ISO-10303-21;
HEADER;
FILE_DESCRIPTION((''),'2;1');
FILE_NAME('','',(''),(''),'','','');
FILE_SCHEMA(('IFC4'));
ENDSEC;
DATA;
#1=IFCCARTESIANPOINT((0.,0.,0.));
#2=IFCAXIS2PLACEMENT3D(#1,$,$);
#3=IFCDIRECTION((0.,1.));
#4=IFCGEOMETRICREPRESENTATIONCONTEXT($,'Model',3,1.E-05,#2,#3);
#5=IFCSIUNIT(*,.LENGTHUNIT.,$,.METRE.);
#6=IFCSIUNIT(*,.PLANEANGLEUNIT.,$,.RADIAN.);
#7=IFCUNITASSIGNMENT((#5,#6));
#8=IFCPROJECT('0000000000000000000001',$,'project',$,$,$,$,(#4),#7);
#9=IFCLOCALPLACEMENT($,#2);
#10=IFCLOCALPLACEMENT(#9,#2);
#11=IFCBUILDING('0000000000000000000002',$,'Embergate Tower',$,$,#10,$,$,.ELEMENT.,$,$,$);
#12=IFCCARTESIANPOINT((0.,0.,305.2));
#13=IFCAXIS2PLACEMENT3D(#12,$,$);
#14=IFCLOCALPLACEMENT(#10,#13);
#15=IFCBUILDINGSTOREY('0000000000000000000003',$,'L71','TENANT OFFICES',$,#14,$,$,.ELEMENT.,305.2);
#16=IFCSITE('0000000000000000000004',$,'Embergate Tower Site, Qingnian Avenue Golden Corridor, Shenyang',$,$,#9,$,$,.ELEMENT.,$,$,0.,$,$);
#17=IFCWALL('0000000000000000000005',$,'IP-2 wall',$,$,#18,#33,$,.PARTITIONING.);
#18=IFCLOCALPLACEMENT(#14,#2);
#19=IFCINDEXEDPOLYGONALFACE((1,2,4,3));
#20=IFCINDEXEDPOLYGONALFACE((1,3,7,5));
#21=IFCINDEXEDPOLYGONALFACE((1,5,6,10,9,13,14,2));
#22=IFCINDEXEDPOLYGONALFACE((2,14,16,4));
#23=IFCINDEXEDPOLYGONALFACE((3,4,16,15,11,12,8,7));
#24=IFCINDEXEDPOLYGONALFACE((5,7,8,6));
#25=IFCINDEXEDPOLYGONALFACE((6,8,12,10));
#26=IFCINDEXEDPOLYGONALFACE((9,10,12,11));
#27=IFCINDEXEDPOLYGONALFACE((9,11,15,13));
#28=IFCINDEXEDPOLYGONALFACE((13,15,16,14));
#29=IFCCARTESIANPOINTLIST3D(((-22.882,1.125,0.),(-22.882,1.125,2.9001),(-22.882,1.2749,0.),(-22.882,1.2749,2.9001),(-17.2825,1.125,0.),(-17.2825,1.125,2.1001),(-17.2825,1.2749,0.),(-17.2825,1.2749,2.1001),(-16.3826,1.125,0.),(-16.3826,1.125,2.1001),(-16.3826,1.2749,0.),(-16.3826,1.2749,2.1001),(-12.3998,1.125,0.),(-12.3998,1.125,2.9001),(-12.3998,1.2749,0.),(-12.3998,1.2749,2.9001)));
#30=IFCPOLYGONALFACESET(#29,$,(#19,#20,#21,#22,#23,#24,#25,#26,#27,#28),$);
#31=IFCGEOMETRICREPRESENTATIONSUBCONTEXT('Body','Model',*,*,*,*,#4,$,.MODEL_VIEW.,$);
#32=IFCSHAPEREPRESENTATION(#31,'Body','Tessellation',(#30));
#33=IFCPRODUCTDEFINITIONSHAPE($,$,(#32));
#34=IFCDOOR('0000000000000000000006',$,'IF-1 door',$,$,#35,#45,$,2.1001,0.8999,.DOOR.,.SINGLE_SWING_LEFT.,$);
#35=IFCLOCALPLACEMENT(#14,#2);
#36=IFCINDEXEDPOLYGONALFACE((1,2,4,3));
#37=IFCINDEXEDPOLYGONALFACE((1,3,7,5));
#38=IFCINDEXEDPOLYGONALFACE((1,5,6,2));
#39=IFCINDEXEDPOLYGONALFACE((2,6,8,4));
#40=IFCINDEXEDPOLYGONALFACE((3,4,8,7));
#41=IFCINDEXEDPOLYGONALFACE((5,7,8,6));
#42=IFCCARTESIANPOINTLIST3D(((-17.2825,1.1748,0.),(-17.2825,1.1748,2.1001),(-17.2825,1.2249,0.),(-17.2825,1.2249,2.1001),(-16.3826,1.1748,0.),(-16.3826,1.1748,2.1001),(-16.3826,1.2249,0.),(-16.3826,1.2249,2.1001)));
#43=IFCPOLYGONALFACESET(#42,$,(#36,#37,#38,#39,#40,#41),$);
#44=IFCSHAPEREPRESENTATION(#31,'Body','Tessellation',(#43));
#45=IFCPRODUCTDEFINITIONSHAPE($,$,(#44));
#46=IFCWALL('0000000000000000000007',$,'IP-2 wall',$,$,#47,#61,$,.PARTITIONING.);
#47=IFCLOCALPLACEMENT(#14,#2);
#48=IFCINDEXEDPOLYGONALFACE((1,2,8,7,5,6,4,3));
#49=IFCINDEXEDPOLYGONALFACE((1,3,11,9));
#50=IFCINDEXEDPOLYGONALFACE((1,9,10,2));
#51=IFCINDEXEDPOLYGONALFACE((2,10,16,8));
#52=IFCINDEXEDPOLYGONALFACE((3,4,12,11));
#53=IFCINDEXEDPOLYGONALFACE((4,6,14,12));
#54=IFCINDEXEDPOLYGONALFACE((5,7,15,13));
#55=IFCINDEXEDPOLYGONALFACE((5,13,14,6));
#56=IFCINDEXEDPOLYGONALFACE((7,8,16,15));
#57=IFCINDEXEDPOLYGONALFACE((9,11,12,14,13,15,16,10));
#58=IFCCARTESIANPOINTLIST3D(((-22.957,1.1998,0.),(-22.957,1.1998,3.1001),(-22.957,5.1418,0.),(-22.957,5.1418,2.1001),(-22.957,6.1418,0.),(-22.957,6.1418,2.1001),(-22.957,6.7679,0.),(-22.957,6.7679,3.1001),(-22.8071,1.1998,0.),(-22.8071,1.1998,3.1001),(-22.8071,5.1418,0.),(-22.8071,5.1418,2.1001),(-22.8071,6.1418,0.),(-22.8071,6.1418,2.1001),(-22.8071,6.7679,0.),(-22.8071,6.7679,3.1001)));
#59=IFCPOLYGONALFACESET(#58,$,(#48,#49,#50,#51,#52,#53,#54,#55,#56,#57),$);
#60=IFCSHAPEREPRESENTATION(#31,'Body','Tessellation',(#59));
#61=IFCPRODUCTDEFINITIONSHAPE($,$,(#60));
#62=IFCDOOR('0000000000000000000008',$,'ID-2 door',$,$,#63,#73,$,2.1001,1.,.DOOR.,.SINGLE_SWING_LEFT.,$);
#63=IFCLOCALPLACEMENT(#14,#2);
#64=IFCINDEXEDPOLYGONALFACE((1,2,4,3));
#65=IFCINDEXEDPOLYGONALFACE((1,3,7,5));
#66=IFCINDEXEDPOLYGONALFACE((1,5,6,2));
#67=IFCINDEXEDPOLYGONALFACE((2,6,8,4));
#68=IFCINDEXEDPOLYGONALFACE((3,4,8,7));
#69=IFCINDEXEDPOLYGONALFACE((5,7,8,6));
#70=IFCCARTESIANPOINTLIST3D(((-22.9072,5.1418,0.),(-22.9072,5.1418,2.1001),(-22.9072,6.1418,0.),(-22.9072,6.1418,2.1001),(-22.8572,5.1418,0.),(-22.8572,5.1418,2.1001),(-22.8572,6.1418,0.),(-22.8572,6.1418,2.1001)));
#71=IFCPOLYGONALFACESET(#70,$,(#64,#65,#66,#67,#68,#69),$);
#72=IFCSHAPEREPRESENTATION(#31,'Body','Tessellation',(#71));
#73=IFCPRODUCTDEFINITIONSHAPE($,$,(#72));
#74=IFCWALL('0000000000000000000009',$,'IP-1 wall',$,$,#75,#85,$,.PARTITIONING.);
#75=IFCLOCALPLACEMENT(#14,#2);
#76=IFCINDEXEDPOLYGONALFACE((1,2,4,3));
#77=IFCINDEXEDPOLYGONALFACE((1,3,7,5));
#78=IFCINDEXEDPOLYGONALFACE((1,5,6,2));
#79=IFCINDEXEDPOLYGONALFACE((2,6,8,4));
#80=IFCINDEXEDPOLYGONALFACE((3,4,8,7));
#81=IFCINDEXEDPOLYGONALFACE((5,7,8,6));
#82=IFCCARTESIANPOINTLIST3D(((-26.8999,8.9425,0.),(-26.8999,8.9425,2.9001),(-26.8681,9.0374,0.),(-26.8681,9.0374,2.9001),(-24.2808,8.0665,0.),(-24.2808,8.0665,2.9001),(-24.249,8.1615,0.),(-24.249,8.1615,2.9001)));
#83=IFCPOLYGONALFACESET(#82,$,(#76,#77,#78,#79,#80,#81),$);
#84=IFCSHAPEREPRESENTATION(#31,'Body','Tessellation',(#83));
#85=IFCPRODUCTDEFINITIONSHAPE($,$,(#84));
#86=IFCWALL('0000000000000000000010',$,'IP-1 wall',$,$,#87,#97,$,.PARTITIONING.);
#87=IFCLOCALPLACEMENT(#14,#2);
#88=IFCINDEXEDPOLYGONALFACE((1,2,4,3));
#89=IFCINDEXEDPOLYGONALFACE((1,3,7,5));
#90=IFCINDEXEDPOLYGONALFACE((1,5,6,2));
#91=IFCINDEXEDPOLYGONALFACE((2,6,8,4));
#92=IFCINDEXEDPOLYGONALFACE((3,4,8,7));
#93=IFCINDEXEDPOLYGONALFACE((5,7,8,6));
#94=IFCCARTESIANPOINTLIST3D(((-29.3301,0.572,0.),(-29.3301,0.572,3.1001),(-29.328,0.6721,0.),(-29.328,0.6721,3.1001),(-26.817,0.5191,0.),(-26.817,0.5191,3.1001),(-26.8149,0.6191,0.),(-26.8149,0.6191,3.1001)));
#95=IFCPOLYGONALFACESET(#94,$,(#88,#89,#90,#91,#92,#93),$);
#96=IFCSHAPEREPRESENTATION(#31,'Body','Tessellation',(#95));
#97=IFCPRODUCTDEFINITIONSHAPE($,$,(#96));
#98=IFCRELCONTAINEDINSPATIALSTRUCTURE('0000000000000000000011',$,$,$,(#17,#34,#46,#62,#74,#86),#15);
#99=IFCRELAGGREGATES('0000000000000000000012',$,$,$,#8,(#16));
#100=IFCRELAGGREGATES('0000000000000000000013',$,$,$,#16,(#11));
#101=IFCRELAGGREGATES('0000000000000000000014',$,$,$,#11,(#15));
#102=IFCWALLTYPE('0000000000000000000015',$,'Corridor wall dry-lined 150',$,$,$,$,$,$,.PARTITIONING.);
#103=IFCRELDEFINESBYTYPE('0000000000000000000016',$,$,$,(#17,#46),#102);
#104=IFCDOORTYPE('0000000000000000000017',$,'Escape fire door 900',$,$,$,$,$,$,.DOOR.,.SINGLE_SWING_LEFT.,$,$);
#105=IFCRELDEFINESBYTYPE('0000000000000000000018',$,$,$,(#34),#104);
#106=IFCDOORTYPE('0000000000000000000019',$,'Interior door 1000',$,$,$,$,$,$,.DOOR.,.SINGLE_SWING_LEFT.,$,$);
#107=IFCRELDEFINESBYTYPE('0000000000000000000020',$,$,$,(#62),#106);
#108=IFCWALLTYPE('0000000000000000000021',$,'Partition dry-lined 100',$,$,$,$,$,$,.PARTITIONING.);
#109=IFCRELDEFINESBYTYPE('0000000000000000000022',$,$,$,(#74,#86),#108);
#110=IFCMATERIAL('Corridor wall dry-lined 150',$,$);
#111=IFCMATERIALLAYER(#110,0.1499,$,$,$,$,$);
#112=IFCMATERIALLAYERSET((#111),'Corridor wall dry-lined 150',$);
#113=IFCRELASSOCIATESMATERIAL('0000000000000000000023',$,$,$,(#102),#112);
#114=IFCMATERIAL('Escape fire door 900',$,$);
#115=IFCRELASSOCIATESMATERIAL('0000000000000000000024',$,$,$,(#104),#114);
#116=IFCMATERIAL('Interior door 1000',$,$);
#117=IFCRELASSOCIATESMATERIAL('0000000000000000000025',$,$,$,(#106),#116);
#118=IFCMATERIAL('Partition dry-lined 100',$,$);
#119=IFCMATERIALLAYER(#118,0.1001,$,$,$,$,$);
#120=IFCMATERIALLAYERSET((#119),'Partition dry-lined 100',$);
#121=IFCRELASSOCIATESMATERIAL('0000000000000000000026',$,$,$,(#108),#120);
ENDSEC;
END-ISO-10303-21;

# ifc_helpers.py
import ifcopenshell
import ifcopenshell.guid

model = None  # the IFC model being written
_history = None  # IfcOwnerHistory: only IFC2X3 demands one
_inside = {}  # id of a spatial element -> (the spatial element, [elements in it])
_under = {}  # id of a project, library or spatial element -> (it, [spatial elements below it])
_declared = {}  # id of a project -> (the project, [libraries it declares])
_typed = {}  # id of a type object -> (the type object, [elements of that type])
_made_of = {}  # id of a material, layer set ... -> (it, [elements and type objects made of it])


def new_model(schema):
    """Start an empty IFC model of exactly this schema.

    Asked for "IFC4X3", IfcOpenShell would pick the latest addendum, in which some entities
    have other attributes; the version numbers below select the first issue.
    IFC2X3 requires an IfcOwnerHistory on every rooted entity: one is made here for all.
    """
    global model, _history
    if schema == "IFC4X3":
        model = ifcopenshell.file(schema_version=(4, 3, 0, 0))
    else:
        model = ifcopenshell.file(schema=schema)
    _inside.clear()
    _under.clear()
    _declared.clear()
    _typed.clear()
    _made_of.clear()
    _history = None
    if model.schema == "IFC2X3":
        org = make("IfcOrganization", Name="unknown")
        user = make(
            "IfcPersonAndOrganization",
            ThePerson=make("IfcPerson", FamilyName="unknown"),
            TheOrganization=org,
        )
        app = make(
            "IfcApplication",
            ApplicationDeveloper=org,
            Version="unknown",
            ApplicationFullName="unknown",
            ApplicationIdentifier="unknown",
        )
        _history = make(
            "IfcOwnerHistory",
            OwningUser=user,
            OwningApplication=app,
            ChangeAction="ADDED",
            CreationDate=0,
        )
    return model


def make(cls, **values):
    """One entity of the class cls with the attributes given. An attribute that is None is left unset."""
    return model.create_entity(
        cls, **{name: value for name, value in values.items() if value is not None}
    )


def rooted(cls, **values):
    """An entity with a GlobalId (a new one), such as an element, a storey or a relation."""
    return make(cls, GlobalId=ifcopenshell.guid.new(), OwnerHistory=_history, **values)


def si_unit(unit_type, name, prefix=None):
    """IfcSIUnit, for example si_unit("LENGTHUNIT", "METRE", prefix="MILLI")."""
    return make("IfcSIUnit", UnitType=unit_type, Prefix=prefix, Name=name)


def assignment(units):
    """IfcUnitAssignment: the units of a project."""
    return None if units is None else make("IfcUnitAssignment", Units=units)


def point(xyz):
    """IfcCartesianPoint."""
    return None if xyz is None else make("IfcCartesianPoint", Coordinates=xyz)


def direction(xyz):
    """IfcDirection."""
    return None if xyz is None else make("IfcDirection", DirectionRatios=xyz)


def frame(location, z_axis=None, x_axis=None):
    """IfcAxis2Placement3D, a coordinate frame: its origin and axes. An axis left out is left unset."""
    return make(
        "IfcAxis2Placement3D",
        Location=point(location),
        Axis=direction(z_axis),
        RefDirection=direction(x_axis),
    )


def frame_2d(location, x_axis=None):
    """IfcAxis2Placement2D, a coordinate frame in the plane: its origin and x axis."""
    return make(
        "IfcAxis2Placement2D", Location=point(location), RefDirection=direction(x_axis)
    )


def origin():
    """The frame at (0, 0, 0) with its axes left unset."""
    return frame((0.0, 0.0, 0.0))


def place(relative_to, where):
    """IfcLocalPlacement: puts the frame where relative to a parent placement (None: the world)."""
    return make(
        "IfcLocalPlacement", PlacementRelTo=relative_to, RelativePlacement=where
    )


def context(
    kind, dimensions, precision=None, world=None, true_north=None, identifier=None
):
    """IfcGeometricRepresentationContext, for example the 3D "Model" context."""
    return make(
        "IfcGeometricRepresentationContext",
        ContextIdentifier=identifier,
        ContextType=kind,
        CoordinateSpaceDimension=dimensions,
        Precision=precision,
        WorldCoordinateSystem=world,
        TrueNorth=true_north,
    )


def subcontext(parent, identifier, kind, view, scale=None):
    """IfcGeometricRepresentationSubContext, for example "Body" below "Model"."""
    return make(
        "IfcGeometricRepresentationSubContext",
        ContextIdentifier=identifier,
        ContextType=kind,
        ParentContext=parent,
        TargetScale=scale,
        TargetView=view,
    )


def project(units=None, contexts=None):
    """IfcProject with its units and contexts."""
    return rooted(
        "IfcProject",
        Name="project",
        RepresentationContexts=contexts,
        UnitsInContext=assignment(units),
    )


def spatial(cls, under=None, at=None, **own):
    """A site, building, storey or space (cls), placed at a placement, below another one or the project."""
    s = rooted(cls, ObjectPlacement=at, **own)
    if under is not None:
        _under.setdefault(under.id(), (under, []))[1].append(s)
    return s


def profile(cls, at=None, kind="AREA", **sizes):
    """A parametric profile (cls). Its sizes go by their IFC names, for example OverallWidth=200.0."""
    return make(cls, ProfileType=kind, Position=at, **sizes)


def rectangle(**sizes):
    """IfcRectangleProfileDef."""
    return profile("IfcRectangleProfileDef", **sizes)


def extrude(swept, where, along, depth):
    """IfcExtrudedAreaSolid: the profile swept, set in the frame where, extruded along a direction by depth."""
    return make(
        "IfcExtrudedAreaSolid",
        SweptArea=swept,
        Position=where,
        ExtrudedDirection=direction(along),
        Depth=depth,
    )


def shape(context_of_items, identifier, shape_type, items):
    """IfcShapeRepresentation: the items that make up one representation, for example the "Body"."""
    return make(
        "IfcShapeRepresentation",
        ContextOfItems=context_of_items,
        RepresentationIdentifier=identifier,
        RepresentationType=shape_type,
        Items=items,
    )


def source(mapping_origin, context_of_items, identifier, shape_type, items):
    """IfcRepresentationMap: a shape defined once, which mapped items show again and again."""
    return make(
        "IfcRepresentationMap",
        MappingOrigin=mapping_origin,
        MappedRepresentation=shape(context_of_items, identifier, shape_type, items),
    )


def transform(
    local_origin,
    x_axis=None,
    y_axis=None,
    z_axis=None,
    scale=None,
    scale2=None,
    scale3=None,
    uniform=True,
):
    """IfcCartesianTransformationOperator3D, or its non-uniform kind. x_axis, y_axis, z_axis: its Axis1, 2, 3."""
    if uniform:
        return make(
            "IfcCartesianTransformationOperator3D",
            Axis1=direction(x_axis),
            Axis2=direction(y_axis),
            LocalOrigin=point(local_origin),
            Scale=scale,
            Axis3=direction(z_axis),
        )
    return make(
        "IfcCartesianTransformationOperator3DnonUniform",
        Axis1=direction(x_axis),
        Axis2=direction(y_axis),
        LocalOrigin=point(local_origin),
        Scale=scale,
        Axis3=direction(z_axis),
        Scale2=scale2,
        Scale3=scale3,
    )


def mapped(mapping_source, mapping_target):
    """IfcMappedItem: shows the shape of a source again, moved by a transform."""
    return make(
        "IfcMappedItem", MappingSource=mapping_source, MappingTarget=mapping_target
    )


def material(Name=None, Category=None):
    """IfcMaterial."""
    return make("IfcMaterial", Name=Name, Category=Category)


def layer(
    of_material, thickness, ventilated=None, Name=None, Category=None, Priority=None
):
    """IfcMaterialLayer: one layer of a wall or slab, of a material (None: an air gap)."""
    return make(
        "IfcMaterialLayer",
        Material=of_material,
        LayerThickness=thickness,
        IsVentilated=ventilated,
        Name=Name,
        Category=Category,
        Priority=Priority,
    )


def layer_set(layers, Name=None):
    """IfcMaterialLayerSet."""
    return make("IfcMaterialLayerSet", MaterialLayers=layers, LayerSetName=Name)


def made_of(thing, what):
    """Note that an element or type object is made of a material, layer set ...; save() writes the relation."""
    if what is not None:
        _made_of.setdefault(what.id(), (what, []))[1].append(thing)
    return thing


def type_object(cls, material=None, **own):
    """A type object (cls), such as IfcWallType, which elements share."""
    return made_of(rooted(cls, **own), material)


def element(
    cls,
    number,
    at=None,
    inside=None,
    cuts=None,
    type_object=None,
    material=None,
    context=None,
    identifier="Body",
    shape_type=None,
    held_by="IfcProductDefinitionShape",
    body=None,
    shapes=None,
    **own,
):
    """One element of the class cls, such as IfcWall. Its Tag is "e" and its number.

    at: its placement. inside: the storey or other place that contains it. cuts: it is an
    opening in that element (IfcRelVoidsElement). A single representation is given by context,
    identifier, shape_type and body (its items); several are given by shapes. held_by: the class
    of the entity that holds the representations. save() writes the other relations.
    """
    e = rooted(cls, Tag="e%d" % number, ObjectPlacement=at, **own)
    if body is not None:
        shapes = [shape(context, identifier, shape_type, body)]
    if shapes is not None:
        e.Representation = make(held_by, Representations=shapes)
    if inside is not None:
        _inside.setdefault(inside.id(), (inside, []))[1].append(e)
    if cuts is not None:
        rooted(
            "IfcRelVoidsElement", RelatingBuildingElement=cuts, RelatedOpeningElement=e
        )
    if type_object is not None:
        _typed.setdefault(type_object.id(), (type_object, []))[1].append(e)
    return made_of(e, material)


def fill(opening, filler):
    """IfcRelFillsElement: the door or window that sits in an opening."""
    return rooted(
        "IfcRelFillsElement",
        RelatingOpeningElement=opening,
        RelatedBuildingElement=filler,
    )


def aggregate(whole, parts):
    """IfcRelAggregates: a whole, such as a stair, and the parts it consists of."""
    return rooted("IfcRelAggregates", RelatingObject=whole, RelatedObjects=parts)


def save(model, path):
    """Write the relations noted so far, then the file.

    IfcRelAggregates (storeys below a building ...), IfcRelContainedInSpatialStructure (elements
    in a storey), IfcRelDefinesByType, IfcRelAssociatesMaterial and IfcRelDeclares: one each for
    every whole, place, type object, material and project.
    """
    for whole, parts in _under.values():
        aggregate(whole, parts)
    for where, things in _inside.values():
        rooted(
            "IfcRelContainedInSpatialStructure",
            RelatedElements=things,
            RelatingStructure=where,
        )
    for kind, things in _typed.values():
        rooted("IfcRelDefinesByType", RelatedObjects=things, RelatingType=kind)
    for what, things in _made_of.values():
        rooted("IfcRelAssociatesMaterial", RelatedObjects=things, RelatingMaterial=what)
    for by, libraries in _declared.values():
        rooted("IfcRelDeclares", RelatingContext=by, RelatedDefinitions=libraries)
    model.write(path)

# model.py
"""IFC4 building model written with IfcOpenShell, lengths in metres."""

from ifc_helpers import new_model, si_unit, direction, frame, frame_2d, origin, place, context, subcontext, project, spatial, rectangle, extrude, source, transform, mapped, material, layer, layer_set, type_object, element, fill, save


model = new_model("IFC4")

# Units and contexts
model_context = context("Model", 3, precision=1e-05, world=origin(), true_north=direction((0.0, 1.0)))
body_context = subcontext(model_context, "Body", "Model", "MODEL_VIEW")
ifc_project = project(units=[si_unit("LENGTHUNIT", "METRE"), si_unit("PLANEANGLEUNIT", "RADIAN")], contexts=[model_context])

# Site, building, storey
site_placement = place(None, origin())
site = spatial("IfcSite", under=ifc_project, at=site_placement, Name="Embergate Tower Site, Qingnian Avenue Golden Corridor, Shenyang", CompositionType="ELEMENT", RefElevation=0.0)
building_placement = place(site_placement, origin())
building = spatial("IfcBuilding", under=site, at=building_placement, Name="Embergate Tower", CompositionType="ELEMENT")
storey_placement = place(building_placement, frame((0.0, 0.0, 305.2)))
storey = spatial("IfcBuildingStorey", under=building, at=storey_placement, Name="L71", Description="TENANT OFFICES", CompositionType="ELEMENT", Elevation=305.2)

# Shared definitions
ifc_material_1 = material(Name="Corridor wall dry-lined 150")
ifc_layer_1 = layer(ifc_material_1, 0.1499)
ifc_layer_set_1 = layer_set([ifc_layer_1], Name="Corridor wall dry-lined 150")
wall_type_1 = type_object("IfcWallType", Name="Corridor wall dry-lined 150", PredefinedType="PARTITIONING", material=ifc_layer_set_1)

# Shared definitions
shared_shape_1 = source(origin(), body_context, "Body", "SweptSolid", [
    extrude(rectangle(XDim=0.8999, YDim=2.1001, at=frame_2d((0.45, 1.05))), frame((0.0, 0.085, 0.0), z_axis=(0.0, -1.0, 0.0), x_axis=(1.0, 0.0, 0.0)), (0.0, 0.0, 1.0), 0.1699),
])
shared_shape_2 = source(origin(), body_context, "Body", "SweptSolid", [
    extrude(rectangle(XDim=1.0, YDim=2.1001, at=frame_2d((0.5, 1.05))), frame((0.0, 0.085, 0.0), z_axis=(0.0, -1.0, 0.0), x_axis=(1.0, 0.0, 0.0)), (0.0, 0.0, 1.0), 0.1699),
])
ifc_material_2 = material(Name="Escape fire door 900")
door_type_1 = type_object("IfcDoorType", Name="Escape fire door 900", OperationType="SINGLE_SWING_LEFT", PredefinedType="DOOR", material=ifc_material_2)
shared_shape_3 = source(origin(), body_context, "Body", "SweptSolid", [
    extrude(rectangle(XDim=0.8999, YDim=2.1001, at=frame_2d((0.45, 1.05))), frame((0.0, 0.0249, 0.0), z_axis=(0.0, -1.0, 0.0), x_axis=(1.0, 0.0, 0.0)), (0.0, 0.0, 1.0), 0.05),
])
ifc_material_3 = material(Name="Interior door 1000")
door_type_2 = type_object("IfcDoorType", Name="Interior door 1000", OperationType="SINGLE_SWING_LEFT", PredefinedType="DOOR", material=ifc_material_3)
shared_shape_4 = source(origin(), body_context, "Body", "SweptSolid", [
    extrude(rectangle(XDim=1.0, YDim=2.1001, at=frame_2d((0.5, 1.05))), frame((0.0, 0.0249, 0.0), z_axis=(0.0, -1.0, 0.0), x_axis=(1.0, 0.0, 0.0)), (0.0, 0.0, 1.0), 0.05),
])

# Walls, openings, doors
shared_shape_5 = source(origin(), body_context, "Body", "SweptSolid", [
    extrude(rectangle(XDim=10.4822, YDim=0.1499, at=frame_2d((5.2412, 0.0))), origin(), (0.0, 0.0, 1.0), 2.9001),
])
wall_1_placement = place(storey_placement, frame((-22.8821, 1.2, 0.0), z_axis=(0.0, 0.0, 1.0), x_axis=(1.0, 0.0, 0.0)))
wall_1 = element("IfcWall", 1, at=wall_1_placement, inside=storey, type_object=wall_type_1, Name="IP-2 wall", PredefinedType="PARTITIONING", context=body_context, shape_type="MappedRepresentation", body=[
    mapped(shared_shape_5, transform((0.0, 0.0, 0.0))),
])
opening_1_placement = place(wall_1_placement, frame((5.5996, 0.0, 0.0)))
opening_1 = element("IfcOpeningElement", 2, at=opening_1_placement, cuts=wall_1, PredefinedType="OPENING", context=body_context, shape_type="MappedRepresentation", body=[
    mapped(shared_shape_1, transform((0.0, 0.0, 0.0))),
])
door_1_placement = place(opening_1_placement, origin())
door_1 = element("IfcDoor", 3, at=door_1_placement, inside=storey, type_object=door_type_1, Name="IF-1 door", OperationType="SINGLE_SWING_LEFT", OverallHeight=2.1001, OverallWidth=0.8999, PredefinedType="DOOR", context=body_context, shape_type="MappedRepresentation", body=[
    mapped(shared_shape_3, transform((0.0, 0.0, 0.0))),
])
fill(opening_1, door_1)
shared_shape_6 = source(origin(), body_context, "Body", "SweptSolid", [
    extrude(rectangle(XDim=5.5681, YDim=0.1499, at=frame_2d((2.7842, 0.0))), origin(), (0.0, 0.0, 1.0), 3.1001),
])
wall_2_placement = place(storey_placement, frame((-22.8821, 6.7681, 0.0), z_axis=(0.0, 0.0, 1.0), x_axis=(0.0, -1.0, 0.0)))
wall_2 = element("IfcWall", 4, at=wall_2_placement, inside=storey, type_object=wall_type_1, Name="IP-2 wall", PredefinedType="PARTITIONING", context=body_context, shape_type="MappedRepresentation", body=[
    mapped(shared_shape_6, transform((0.0, 0.0, 0.0))),
])
opening_2_placement = place(wall_2_placement, frame((0.6262, 0.0, 0.0)))
opening_2 = element("IfcOpeningElement", 5, at=opening_2_placement, cuts=wall_2, PredefinedType="OPENING", context=body_context, shape_type="MappedRepresentation", body=[
    mapped(shared_shape_2, transform((0.0, 0.0, 0.0))),
])
door_2_placement = place(opening_2_placement, origin())
door_2 = element("IfcDoor", 6, at=door_2_placement, inside=storey, type_object=door_type_2, Name="ID-2 door", OperationType="SINGLE_SWING_LEFT", OverallHeight=2.1001, OverallWidth=1.0, PredefinedType="DOOR", context=body_context, shape_type="MappedRepresentation", body=[
    mapped(shared_shape_4, transform((0.0, 0.0, 0.0))),
])
fill(opening_2, door_2)

# Walls
ifc_material_4 = material(Name="Partition dry-lined 100")
ifc_layer_2 = layer(ifc_material_4, 0.1001)
ifc_layer_set_2 = layer_set([ifc_layer_2], Name="Partition dry-lined 100")
wall_type_2 = type_object("IfcWallType", Name="Partition dry-lined 100", PredefinedType="PARTITIONING", material=ifc_layer_set_2)
shared_shape_7 = source(origin(), body_context, "Body", "SweptSolid", [
    extrude(rectangle(XDim=2.7617, YDim=0.1001, at=frame_2d((1.3809, 0.0))), origin(), (0.0, 0.0, 1.0), 2.9001),
])
wall_3_placement = place(storey_placement, frame((-24.2649, 8.114, 0.0), z_axis=(0.0, 0.0, 1.0), x_axis=(-0.948365, 0.317182, 0.0)))
element("IfcWall", 7, at=wall_3_placement, inside=storey, type_object=wall_type_2, Name="IP-1 wall", PredefinedType="PARTITIONING", context=body_context, shape_type="MappedRepresentation", body=[
    mapped(shared_shape_7, transform((0.0, 0.0, 0.0))),
])
shared_shape_8 = source(origin(), body_context, "Body", "SweptSolid", [
    extrude(rectangle(XDim=2.5137, YDim=0.1001, at=frame_2d((1.2568, 0.0))), origin(), (0.0, 0.0, 1.0), 3.1001),
])
wall_4_placement = place(storey_placement, frame((-26.8159, 0.5691, 0.0), z_axis=(0.0, 0.0, 1.0), x_axis=(-0.999778, 0.021076, 0.0)))
element("IfcWall", 8, at=wall_4_placement, inside=storey, type_object=wall_type_2, Name="IP-1 wall", PredefinedType="PARTITIONING", context=body_context, shape_type="MappedRepresentation", body=[
    mapped(shared_shape_8, transform((0.0, 0.0, 0.0))),
])

save(model, "model.ifc")
